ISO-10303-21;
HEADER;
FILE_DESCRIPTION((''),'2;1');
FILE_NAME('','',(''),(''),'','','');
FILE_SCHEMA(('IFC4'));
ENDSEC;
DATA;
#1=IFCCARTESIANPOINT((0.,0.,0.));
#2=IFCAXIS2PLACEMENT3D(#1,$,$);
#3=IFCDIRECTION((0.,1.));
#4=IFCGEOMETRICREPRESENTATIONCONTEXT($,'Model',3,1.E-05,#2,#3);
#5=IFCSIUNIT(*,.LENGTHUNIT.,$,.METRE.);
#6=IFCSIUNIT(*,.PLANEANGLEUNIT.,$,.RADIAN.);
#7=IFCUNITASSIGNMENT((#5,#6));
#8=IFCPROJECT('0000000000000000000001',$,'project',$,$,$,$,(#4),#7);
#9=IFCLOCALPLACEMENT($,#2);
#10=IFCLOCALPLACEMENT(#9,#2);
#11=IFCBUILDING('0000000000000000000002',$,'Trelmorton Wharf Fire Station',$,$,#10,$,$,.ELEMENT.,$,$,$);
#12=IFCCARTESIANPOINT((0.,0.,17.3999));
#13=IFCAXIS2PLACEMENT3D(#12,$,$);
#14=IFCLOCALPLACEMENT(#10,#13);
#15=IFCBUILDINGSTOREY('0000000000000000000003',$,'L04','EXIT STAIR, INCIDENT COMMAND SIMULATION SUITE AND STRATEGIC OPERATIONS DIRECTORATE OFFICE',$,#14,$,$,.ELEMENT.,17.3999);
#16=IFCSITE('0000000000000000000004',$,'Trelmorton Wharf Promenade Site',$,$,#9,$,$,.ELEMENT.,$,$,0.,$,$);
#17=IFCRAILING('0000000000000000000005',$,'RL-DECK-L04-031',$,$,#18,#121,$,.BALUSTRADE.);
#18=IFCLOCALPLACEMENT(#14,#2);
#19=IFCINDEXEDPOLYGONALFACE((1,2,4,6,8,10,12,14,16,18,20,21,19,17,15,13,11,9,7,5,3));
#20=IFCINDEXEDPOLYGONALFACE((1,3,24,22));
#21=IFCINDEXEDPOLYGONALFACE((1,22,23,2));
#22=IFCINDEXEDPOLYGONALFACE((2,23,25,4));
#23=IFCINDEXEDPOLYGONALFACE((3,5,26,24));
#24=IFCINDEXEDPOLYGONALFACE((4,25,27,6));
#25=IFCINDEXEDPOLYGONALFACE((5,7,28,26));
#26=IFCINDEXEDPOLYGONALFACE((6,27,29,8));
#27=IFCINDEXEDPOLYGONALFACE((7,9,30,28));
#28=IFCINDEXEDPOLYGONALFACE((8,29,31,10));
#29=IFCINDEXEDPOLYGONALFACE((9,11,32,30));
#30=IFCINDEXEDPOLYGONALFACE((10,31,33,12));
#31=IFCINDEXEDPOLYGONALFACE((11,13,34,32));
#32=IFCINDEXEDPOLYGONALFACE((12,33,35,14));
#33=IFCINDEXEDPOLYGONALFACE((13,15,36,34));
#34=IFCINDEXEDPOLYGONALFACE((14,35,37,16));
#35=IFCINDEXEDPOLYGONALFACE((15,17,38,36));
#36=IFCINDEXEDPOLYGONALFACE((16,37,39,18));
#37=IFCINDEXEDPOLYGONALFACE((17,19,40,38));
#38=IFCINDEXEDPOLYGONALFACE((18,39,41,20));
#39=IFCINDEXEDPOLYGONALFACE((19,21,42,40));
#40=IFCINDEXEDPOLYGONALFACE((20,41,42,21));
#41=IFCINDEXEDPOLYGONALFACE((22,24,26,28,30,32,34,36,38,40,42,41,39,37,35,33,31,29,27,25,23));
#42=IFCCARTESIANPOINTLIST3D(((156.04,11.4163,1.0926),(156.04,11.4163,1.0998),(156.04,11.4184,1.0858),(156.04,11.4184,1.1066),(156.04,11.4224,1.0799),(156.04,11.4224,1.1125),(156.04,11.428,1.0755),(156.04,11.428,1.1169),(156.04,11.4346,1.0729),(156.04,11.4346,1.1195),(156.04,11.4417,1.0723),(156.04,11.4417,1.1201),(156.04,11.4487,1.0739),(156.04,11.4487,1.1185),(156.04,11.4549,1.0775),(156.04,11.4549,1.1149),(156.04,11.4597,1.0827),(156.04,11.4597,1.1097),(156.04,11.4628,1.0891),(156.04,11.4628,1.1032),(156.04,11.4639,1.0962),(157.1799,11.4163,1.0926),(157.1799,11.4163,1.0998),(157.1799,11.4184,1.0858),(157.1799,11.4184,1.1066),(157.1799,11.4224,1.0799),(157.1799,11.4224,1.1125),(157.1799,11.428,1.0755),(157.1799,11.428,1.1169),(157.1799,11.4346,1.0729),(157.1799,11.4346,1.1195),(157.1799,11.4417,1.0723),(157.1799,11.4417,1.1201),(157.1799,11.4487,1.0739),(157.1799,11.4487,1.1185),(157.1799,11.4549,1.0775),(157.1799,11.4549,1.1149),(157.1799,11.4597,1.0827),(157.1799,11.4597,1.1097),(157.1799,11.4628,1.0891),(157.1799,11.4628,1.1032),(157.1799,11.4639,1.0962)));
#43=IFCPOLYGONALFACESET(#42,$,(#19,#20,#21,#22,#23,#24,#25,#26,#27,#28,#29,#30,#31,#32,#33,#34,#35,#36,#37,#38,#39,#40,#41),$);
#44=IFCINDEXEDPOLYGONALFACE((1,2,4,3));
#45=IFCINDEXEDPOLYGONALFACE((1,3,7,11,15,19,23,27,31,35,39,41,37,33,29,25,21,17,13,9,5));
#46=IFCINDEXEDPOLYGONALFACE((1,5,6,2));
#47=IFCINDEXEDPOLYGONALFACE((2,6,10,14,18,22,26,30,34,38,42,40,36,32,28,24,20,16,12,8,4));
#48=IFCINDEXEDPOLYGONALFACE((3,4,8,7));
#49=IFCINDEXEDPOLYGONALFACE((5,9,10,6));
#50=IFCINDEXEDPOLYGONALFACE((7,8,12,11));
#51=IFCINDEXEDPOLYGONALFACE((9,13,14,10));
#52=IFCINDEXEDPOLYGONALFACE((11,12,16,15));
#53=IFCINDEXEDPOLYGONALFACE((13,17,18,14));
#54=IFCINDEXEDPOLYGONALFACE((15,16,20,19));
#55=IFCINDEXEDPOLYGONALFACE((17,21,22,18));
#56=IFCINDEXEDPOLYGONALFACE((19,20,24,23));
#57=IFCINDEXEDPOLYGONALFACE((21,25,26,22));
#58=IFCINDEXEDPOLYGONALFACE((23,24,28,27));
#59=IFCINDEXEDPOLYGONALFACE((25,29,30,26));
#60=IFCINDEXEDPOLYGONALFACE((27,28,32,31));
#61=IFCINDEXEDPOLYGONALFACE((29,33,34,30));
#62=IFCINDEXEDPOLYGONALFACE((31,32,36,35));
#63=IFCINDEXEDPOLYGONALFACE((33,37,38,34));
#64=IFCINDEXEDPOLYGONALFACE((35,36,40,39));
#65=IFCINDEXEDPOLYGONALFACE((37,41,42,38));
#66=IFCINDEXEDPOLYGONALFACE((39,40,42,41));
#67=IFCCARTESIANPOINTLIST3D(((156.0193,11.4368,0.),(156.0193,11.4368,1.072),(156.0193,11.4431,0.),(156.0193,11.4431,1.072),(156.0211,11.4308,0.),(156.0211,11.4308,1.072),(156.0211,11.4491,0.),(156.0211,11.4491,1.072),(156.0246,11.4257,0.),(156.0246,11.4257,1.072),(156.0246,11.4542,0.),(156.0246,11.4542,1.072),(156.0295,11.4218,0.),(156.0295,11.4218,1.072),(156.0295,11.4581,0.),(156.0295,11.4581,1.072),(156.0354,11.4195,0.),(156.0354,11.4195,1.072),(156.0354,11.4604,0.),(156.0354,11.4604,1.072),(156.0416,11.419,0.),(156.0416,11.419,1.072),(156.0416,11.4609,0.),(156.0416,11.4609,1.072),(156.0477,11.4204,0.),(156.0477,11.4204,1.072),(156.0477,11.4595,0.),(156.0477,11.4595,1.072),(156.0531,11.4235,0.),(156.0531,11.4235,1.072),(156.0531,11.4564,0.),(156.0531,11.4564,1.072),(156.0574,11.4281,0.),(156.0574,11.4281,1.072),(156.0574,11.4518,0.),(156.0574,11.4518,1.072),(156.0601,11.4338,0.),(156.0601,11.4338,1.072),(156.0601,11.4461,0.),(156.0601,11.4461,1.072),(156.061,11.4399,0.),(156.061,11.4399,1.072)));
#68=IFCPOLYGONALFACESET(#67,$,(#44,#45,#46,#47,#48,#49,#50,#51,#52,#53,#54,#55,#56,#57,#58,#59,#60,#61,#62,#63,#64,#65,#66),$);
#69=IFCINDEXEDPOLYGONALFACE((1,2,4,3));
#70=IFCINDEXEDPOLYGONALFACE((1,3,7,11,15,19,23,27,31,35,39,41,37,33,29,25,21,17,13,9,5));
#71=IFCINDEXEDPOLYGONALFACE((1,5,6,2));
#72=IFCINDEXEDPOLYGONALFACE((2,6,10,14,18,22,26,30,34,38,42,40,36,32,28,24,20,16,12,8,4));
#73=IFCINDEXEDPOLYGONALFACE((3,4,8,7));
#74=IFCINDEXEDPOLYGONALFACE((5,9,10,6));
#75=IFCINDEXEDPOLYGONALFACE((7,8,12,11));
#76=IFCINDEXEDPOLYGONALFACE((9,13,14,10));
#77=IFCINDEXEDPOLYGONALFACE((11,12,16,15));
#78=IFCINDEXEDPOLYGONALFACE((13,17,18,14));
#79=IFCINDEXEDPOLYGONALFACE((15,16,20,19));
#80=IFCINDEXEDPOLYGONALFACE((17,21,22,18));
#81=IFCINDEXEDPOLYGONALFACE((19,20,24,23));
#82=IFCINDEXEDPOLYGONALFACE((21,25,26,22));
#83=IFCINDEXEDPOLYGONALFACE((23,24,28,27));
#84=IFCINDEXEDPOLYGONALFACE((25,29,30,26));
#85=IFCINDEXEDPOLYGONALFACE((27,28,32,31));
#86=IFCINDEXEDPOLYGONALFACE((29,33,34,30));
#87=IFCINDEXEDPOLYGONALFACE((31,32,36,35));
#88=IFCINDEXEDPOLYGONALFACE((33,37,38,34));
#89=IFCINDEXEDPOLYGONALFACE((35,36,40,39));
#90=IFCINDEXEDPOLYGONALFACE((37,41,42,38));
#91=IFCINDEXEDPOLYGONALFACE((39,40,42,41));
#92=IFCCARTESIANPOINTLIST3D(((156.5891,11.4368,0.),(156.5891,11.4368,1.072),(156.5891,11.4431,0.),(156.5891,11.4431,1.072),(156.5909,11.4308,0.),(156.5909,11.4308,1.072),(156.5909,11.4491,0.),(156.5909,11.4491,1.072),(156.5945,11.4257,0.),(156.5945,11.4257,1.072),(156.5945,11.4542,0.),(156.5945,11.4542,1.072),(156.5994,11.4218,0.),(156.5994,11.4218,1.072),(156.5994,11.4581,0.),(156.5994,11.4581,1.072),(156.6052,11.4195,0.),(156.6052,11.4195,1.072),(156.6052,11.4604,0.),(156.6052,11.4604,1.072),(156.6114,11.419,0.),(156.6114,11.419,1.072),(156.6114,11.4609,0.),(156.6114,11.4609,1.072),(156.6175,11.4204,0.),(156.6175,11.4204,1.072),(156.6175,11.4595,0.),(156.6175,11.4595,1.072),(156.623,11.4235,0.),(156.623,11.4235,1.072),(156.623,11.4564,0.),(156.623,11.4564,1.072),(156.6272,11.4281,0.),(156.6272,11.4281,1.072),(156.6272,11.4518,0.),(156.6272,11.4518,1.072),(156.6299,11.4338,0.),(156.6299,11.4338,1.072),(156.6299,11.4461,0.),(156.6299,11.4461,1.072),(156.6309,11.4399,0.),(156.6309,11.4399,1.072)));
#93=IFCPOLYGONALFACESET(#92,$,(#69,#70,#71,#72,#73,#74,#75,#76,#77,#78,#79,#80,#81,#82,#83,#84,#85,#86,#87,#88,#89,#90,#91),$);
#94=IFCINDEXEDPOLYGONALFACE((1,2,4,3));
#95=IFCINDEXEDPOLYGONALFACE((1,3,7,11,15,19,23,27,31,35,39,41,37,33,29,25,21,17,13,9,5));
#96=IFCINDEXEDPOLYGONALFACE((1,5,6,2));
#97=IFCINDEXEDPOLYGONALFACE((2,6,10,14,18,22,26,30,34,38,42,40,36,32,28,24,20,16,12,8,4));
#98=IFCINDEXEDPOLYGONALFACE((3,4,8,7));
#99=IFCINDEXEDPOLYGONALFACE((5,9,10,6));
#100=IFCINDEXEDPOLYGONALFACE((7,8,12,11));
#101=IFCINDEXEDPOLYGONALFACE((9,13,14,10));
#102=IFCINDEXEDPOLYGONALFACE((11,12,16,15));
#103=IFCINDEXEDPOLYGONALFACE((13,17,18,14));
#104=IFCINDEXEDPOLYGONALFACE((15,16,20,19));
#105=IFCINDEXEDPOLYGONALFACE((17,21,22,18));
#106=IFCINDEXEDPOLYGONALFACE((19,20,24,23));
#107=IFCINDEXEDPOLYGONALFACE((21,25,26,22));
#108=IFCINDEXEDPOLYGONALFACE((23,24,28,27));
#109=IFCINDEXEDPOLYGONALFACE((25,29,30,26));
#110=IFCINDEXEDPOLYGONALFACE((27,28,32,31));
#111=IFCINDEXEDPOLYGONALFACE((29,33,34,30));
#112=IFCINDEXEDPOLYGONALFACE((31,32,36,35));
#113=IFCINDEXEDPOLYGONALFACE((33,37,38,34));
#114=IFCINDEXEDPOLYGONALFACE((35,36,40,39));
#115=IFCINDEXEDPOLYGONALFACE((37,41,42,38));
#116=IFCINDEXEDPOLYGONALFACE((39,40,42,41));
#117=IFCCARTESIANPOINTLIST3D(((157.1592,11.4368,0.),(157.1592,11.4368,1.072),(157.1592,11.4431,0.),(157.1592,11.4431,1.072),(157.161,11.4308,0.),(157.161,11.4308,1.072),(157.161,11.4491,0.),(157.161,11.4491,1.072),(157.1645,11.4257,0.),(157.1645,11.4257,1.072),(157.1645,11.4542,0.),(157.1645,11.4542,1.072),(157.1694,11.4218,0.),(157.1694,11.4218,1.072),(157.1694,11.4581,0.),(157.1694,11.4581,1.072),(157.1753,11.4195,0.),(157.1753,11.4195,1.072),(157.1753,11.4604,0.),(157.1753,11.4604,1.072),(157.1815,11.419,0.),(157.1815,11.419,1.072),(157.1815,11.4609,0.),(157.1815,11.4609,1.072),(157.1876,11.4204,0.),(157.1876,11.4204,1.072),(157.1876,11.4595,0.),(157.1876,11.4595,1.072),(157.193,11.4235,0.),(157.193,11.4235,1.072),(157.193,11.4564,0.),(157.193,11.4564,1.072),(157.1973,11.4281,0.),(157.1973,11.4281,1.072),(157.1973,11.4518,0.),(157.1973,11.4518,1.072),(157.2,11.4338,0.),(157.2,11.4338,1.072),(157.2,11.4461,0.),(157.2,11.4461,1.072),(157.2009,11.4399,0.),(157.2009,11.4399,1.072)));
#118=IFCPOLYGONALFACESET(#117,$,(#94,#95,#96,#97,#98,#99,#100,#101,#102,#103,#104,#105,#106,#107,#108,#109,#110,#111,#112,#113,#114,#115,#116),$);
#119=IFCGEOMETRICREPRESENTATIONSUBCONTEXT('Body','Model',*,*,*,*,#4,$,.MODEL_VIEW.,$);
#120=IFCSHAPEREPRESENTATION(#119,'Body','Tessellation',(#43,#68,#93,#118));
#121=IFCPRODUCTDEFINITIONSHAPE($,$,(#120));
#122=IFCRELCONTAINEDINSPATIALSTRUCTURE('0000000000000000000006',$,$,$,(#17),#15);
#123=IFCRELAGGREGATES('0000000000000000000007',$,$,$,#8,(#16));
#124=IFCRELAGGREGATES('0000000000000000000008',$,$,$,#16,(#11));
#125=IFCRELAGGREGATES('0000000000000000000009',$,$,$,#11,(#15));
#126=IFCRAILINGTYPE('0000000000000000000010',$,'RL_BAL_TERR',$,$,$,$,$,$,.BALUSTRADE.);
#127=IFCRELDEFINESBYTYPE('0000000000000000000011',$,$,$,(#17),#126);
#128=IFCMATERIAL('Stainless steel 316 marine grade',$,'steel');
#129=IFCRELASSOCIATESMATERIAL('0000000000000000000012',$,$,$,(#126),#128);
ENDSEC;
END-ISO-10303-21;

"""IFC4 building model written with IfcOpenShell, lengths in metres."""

from ifc_helpers import new_model, si_unit, direction, frame, origin, origin_2d, place, context, subcontext, project, spatial, circle, extrude, material, type_object, element, save


model = new_model("IFC4")

# Units and contexts
model_context = context("Model", 3, precision=1e-05, world=origin(), true_north=direction((0.0, 1.0)))
body_context = subcontext(model_context, "Body", "Model", "MODEL_VIEW")
ifc_project = project(units=[si_unit("LENGTHUNIT", "METRE"), si_unit("PLANEANGLEUNIT", "RADIAN")], contexts=[model_context])

# Site, building, storey
site_placement = place(None, origin())
site = spatial("IfcSite", under=ifc_project, at=site_placement, Name="Trelmorton Wharf Promenade Site", CompositionType="ELEMENT", RefElevation=0.0)
building_placement = place(site_placement, origin())
building = spatial("IfcBuilding", under=site, at=building_placement, Name="Trelmorton Wharf Fire Station", CompositionType="ELEMENT")
storey_placement = place(building_placement, frame((0.0, 0.0, 17.3999)))
storey = spatial("IfcBuildingStorey", under=building, at=storey_placement, Name="L04", Description="EXIT STAIR, INCIDENT COMMAND SIMULATION SUITE AND STRATEGIC OPERATIONS DIRECTORATE OFFICE", CompositionType="ELEMENT", Elevation=17.3999)

# Railing
ifc_material_1 = material(Name="Stainless steel 316 marine grade", Category="steel")
railing_type = type_object("IfcRailingType", Name="RL_BAL_TERR", PredefinedType="BALUSTRADE", material=ifc_material_1)
railing_1_placement = place(storey_placement, frame((156.04, 11.4399, 0.0)))
element("IfcRailing", 1, at=railing_1_placement, inside=storey, type_object=railing_type, Name="RL-DECK-L04-031", PredefinedType="BALUSTRADE", context=body_context, shape_type="SweptSolid", body=[
    extrude(circle(Radius=0.0239, at=origin_2d()), frame((0.0, 0.0, 1.0962), z_axis=(1.0, 0.0, 0.0), x_axis=(0.0, 1.0, 0.0)), (0.0, 0.0, 1.0), 1.1399),
    extrude(circle(Radius=0.021, at=origin_2d()), origin(), (0.0, 0.0, 1.0), 1.072),
    extrude(circle(Radius=0.021, at=origin_2d()), frame((0.5698, 0.0, 0.0)), (0.0, 0.0, 1.0), 1.072),
    extrude(circle(Radius=0.021, at=origin_2d()), frame((1.1399, 0.0, 0.0)), (0.0, 0.0, 1.0), 1.072),
])

save(model, "model.ifc")
